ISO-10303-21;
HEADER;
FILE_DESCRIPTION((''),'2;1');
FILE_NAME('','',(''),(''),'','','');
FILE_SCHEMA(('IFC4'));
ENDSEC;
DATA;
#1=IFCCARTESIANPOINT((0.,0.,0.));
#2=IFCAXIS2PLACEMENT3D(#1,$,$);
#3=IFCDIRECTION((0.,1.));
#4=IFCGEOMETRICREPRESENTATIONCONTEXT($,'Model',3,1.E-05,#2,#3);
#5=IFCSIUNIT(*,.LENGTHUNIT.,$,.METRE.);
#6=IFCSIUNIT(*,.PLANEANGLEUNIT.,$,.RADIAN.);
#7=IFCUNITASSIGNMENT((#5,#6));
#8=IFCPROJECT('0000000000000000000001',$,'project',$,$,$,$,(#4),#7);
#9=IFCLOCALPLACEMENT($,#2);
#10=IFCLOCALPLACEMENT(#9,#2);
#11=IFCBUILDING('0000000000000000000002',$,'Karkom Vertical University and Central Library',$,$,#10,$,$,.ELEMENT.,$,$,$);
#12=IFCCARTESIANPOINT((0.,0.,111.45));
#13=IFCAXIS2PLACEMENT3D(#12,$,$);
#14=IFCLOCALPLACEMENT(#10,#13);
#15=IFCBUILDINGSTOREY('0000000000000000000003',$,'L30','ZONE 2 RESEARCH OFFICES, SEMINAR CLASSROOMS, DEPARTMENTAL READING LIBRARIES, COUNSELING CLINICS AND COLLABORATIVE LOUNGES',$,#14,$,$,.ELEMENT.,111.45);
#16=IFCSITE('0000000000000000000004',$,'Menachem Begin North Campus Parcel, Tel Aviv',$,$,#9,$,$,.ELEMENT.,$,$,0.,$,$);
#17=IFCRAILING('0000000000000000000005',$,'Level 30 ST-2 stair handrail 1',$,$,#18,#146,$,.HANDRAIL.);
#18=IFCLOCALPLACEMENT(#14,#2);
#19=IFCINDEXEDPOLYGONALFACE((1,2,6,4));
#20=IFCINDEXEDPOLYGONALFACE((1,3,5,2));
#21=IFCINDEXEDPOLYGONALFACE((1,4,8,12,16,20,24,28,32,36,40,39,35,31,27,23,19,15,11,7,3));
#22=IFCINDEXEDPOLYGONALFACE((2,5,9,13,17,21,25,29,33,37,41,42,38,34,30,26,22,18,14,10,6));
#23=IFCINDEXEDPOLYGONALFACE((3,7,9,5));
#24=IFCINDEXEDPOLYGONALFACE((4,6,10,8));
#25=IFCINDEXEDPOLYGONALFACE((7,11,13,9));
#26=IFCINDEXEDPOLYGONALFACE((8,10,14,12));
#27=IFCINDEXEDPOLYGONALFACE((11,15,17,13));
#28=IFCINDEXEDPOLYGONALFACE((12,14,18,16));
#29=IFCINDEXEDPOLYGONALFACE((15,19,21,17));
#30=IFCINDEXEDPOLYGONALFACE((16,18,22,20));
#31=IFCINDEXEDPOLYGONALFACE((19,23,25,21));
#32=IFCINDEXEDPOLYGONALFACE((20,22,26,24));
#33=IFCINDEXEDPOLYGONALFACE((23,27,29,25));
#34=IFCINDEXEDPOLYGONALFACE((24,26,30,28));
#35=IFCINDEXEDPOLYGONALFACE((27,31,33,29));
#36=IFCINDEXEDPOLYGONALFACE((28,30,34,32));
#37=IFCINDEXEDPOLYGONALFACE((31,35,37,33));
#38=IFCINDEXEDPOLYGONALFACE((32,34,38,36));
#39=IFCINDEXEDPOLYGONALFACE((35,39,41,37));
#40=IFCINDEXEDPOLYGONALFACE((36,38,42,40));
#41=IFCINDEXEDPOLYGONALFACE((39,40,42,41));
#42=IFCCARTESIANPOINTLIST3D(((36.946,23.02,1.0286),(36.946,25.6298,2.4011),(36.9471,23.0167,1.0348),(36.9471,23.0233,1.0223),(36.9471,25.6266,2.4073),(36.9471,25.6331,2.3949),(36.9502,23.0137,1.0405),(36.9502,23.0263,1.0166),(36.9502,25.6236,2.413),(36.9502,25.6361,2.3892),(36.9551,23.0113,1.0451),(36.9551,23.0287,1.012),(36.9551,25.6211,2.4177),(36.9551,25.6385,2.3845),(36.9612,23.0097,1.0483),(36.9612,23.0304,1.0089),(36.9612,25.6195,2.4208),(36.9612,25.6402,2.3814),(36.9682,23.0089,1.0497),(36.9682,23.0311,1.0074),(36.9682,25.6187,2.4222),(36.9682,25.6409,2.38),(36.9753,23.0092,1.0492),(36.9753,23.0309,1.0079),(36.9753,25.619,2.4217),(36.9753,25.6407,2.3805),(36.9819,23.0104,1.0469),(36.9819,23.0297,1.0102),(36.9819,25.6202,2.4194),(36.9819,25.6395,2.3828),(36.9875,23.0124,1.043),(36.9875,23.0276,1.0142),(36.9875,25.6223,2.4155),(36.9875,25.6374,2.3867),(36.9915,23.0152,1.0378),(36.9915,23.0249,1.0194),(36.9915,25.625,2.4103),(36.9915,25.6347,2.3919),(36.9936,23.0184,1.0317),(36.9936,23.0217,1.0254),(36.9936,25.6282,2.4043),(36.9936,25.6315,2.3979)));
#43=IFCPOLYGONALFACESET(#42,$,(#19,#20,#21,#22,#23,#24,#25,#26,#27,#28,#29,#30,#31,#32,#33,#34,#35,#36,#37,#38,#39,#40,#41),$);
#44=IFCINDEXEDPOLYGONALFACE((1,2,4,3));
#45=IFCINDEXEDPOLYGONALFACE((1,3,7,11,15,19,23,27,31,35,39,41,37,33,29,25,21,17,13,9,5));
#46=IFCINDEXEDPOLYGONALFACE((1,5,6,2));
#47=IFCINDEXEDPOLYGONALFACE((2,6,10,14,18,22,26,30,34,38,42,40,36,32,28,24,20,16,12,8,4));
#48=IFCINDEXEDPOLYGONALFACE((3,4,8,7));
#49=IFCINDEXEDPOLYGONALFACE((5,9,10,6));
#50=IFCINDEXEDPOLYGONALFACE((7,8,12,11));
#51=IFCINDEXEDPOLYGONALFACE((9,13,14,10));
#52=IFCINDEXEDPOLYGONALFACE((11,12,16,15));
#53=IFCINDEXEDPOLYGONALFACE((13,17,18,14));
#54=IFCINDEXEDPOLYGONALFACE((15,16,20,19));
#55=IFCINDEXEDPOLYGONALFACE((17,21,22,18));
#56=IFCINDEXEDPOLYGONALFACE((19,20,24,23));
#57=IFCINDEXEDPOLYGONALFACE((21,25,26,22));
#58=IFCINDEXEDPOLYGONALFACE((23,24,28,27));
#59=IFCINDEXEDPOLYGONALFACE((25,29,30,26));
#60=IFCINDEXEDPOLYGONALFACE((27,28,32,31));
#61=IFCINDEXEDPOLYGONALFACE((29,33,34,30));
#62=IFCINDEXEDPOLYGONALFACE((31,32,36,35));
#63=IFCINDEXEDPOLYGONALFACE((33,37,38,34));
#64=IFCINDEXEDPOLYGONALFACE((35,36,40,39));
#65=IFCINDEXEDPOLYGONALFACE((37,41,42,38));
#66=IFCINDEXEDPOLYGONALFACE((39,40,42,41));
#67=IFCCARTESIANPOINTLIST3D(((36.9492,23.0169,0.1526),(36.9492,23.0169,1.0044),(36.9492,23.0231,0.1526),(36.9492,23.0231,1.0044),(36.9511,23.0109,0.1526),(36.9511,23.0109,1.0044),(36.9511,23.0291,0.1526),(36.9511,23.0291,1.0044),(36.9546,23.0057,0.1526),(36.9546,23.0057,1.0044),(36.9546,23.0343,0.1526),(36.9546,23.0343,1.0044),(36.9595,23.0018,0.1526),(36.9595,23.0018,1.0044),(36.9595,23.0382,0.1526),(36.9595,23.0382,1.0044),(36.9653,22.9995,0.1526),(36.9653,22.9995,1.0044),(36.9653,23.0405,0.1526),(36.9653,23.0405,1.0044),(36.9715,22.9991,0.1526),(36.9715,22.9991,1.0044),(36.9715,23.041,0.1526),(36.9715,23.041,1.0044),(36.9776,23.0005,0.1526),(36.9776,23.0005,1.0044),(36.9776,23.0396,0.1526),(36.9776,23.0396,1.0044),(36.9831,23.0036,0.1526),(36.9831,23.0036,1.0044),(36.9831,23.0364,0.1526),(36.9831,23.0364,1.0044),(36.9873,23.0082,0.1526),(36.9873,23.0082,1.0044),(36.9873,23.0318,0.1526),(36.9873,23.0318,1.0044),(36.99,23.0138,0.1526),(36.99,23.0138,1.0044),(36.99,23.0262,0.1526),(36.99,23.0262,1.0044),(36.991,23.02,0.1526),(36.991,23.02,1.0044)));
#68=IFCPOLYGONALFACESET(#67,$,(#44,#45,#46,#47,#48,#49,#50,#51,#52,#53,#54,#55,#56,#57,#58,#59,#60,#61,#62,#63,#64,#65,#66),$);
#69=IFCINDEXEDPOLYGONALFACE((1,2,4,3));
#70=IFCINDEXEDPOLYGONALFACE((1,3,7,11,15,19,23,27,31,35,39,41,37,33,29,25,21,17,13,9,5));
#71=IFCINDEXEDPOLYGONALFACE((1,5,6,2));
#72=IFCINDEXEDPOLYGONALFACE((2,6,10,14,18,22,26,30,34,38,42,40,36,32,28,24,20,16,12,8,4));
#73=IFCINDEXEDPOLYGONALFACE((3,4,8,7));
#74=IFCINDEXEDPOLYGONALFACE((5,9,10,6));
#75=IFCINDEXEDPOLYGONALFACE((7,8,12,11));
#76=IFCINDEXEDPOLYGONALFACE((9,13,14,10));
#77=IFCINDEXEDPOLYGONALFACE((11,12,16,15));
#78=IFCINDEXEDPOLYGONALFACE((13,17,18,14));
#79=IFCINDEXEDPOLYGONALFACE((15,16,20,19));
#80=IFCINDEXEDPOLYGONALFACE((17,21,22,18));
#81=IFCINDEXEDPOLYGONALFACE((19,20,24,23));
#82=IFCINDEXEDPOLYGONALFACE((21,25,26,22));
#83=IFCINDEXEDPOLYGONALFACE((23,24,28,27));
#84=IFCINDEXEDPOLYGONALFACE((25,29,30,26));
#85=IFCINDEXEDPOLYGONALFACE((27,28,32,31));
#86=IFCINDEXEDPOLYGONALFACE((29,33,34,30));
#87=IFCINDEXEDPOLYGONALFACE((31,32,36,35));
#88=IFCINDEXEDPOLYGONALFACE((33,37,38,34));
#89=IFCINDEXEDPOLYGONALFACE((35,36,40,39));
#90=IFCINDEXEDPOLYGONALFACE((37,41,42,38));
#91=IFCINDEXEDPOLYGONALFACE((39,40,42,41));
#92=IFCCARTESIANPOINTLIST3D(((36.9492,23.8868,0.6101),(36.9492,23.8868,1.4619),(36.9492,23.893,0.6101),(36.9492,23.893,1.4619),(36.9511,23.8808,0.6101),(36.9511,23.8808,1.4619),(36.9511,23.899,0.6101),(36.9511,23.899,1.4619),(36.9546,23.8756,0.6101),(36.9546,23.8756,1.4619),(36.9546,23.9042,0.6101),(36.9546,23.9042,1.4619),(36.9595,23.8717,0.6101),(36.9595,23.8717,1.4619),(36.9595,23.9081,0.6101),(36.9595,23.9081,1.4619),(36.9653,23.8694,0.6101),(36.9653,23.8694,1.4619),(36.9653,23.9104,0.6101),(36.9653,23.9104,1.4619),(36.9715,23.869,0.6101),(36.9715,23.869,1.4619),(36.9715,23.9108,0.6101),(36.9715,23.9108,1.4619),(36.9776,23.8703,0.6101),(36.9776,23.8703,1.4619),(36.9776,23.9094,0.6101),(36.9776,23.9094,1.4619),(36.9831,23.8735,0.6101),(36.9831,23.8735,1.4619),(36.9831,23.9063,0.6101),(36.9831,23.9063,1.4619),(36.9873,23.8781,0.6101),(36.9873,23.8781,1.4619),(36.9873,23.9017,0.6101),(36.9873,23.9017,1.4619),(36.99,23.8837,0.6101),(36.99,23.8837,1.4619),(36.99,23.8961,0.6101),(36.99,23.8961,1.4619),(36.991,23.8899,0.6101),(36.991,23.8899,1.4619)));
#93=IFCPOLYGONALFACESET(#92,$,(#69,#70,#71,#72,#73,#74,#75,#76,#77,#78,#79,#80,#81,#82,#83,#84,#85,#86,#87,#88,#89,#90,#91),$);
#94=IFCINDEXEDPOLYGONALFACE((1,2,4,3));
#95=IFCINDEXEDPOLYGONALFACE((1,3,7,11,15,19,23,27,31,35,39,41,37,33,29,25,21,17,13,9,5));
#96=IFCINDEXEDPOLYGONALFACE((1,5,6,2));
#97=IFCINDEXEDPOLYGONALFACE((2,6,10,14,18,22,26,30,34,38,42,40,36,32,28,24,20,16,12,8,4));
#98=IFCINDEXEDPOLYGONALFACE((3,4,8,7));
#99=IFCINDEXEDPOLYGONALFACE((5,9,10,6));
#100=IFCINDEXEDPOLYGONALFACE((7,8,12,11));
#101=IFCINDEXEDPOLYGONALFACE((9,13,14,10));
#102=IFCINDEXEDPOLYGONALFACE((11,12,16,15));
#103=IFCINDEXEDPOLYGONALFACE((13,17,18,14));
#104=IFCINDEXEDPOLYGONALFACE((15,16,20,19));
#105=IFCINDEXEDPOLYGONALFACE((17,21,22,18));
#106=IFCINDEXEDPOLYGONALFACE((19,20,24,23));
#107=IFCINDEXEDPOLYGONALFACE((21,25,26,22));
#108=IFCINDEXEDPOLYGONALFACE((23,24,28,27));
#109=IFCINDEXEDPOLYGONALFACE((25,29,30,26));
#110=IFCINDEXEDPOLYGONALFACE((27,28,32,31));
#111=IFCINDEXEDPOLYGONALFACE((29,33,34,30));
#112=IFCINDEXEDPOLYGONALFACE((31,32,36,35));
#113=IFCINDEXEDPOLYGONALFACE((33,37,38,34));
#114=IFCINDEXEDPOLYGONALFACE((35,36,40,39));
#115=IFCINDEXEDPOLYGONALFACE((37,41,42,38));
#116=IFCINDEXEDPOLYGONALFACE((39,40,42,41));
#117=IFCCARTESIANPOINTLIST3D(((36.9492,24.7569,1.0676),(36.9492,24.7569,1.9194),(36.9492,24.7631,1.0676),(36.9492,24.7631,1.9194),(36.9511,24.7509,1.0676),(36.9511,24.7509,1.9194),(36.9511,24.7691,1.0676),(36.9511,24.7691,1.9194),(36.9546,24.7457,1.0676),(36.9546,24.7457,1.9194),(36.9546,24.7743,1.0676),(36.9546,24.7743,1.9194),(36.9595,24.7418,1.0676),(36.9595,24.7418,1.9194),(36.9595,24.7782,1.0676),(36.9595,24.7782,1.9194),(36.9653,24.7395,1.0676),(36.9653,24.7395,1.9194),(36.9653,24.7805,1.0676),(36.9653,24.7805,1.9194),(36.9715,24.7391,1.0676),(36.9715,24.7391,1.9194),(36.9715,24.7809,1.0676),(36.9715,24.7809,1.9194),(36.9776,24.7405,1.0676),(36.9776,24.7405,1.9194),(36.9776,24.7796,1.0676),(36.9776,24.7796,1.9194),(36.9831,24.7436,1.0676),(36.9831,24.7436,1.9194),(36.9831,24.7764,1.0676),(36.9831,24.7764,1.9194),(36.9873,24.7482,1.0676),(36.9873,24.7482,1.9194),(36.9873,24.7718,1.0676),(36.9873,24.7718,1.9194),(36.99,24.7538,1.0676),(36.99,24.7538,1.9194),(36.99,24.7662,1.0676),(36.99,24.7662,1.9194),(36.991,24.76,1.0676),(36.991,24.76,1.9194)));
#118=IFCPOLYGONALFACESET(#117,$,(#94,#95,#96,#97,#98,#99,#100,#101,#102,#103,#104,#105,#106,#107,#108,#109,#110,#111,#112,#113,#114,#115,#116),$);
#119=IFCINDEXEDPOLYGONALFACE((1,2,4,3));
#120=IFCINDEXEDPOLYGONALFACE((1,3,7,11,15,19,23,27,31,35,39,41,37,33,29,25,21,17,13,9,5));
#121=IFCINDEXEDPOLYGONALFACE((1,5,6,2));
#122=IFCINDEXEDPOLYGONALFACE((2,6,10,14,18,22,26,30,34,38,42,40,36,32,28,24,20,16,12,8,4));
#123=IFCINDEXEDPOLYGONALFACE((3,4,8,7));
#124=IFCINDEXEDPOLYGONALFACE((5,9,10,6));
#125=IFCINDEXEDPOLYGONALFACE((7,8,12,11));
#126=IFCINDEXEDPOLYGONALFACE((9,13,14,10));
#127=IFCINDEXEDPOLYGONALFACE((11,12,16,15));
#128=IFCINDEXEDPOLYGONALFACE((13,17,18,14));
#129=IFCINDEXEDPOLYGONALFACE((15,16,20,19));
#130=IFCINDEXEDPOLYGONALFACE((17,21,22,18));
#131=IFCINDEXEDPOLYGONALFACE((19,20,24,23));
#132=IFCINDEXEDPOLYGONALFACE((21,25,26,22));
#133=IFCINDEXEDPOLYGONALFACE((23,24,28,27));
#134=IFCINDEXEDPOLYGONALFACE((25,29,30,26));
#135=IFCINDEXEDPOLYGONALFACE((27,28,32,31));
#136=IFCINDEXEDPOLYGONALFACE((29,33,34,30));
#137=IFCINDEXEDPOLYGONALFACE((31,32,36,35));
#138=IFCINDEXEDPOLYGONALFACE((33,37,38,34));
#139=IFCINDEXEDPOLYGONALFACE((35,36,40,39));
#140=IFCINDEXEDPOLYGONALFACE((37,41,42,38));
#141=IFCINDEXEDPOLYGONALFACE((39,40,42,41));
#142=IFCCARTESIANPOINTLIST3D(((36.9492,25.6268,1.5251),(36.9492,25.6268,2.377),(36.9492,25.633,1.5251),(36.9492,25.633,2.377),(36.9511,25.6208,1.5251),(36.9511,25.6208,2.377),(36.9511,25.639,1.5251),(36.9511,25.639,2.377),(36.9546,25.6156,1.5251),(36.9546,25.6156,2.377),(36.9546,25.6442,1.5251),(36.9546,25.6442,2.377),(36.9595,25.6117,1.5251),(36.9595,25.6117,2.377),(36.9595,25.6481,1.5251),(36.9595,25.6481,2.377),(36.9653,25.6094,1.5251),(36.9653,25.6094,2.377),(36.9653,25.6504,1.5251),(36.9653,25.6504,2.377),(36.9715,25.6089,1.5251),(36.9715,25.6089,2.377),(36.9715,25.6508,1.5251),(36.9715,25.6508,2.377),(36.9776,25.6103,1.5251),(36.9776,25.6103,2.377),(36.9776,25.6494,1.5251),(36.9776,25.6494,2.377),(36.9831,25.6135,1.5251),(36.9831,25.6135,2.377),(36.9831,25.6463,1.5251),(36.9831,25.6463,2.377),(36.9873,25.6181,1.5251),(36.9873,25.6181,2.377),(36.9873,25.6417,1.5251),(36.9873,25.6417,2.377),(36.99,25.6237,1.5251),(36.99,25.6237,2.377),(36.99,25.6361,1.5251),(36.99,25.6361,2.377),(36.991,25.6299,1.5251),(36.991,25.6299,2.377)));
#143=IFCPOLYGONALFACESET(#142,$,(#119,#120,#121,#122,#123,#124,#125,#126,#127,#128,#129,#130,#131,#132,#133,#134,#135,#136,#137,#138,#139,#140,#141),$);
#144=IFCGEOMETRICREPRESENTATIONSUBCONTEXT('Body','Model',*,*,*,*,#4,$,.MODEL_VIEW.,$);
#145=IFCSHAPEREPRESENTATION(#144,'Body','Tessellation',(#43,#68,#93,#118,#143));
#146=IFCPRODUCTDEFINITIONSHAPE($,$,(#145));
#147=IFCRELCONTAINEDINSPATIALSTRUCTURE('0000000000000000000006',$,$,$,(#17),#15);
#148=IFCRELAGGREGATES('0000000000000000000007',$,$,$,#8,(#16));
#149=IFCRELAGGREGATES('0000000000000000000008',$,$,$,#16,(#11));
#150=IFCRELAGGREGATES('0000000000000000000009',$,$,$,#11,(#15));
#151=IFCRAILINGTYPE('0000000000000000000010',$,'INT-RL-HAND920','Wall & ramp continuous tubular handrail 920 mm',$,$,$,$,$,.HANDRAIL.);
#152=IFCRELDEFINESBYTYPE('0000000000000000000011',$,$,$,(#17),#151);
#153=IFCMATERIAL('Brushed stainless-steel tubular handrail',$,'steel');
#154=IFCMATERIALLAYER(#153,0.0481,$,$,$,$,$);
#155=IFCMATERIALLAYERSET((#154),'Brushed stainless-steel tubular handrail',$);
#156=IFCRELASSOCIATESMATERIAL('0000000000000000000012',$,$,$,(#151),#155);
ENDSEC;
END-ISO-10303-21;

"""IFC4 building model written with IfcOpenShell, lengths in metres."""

from ifc_helpers import new_model, si_unit, direction, frame, origin, origin_2d, place, context, subcontext, project, spatial, circle, extrude, material, layer, layer_set, type_object, element, save


model = new_model("IFC4")

# Units and contexts
model_context = context("Model", 3, precision=1e-05, world=origin(), true_north=direction((0.0, 1.0)))
body_context = subcontext(model_context, "Body", "Model", "MODEL_VIEW")
ifc_project = project(units=[si_unit("LENGTHUNIT", "METRE"), si_unit("PLANEANGLEUNIT", "RADIAN")], contexts=[model_context])

# Site, building, storey
site_placement = place(None, origin())
site = spatial("IfcSite", under=ifc_project, at=site_placement, Name="Menachem Begin North Campus Parcel, Tel Aviv", CompositionType="ELEMENT", RefElevation=0.0)
building_placement = place(site_placement, origin())
building = spatial("IfcBuilding", under=site, at=building_placement, Name="Karkom Vertical University and Central Library", CompositionType="ELEMENT")
storey_placement = place(building_placement, frame((0.0, 0.0, 111.45)))
storey = spatial("IfcBuildingStorey", under=building, at=storey_placement, Name="L30", Description="ZONE 2 RESEARCH OFFICES, SEMINAR CLASSROOMS, DEPARTMENTAL READING LIBRARIES, COUNSELING CLINICS AND COLLABORATIVE LOUNGES", CompositionType="ELEMENT", Elevation=111.45)

# Railing
ifc_material_1 = material(Name="Brushed stainless-steel tubular handrail", Category="steel")
ifc_layer_1 = layer(ifc_material_1, 0.0481)
ifc_layer_set_1 = layer_set([ifc_layer_1], Name="Brushed stainless-steel tubular handrail")
railing_type_1 = type_object("IfcRailingType", Name="INT-RL-HAND920", Description="Wall & ramp continuous tubular handrail 920 mm", PredefinedType="HANDRAIL", material=ifc_layer_set_1)
railing_1_placement = place(storey_placement, frame((36.97, 23.02, 0.1526)))
element("IfcRailing", 1, at=railing_1_placement, inside=storey, type_object=railing_type_1, Name="Level 30 ST-2 stair handrail 1", PredefinedType="HANDRAIL", context=body_context, shape_type="SweptSolid", body=[
    extrude(circle(Radius=0.0239, at=origin_2d()), frame((0.0, 0.0, 0.876), z_axis=(0.0, 0.885065, 0.465467), x_axis=(-1.0, 0.0, 0.0)), (0.0, 0.0, 1.0), 2.9487),
    extrude(circle(Radius=0.021, at=origin_2d()), origin(), (0.0, 0.0, 1.0), 0.8518),
    extrude(circle(Radius=0.021, at=origin_2d()), frame((0.0, 0.8699, 0.4575)), (0.0, 0.0, 1.0), 0.8518),
    extrude(circle(Radius=0.021, at=origin_2d()), frame((0.0, 1.74, 0.915)), (0.0, 0.0, 1.0), 0.8518),
    extrude(circle(Radius=0.021, at=origin_2d()), frame((0.0, 2.6099, 1.3726)), (0.0, 0.0, 1.0), 0.8518),
])

save(model, "model.ifc")
